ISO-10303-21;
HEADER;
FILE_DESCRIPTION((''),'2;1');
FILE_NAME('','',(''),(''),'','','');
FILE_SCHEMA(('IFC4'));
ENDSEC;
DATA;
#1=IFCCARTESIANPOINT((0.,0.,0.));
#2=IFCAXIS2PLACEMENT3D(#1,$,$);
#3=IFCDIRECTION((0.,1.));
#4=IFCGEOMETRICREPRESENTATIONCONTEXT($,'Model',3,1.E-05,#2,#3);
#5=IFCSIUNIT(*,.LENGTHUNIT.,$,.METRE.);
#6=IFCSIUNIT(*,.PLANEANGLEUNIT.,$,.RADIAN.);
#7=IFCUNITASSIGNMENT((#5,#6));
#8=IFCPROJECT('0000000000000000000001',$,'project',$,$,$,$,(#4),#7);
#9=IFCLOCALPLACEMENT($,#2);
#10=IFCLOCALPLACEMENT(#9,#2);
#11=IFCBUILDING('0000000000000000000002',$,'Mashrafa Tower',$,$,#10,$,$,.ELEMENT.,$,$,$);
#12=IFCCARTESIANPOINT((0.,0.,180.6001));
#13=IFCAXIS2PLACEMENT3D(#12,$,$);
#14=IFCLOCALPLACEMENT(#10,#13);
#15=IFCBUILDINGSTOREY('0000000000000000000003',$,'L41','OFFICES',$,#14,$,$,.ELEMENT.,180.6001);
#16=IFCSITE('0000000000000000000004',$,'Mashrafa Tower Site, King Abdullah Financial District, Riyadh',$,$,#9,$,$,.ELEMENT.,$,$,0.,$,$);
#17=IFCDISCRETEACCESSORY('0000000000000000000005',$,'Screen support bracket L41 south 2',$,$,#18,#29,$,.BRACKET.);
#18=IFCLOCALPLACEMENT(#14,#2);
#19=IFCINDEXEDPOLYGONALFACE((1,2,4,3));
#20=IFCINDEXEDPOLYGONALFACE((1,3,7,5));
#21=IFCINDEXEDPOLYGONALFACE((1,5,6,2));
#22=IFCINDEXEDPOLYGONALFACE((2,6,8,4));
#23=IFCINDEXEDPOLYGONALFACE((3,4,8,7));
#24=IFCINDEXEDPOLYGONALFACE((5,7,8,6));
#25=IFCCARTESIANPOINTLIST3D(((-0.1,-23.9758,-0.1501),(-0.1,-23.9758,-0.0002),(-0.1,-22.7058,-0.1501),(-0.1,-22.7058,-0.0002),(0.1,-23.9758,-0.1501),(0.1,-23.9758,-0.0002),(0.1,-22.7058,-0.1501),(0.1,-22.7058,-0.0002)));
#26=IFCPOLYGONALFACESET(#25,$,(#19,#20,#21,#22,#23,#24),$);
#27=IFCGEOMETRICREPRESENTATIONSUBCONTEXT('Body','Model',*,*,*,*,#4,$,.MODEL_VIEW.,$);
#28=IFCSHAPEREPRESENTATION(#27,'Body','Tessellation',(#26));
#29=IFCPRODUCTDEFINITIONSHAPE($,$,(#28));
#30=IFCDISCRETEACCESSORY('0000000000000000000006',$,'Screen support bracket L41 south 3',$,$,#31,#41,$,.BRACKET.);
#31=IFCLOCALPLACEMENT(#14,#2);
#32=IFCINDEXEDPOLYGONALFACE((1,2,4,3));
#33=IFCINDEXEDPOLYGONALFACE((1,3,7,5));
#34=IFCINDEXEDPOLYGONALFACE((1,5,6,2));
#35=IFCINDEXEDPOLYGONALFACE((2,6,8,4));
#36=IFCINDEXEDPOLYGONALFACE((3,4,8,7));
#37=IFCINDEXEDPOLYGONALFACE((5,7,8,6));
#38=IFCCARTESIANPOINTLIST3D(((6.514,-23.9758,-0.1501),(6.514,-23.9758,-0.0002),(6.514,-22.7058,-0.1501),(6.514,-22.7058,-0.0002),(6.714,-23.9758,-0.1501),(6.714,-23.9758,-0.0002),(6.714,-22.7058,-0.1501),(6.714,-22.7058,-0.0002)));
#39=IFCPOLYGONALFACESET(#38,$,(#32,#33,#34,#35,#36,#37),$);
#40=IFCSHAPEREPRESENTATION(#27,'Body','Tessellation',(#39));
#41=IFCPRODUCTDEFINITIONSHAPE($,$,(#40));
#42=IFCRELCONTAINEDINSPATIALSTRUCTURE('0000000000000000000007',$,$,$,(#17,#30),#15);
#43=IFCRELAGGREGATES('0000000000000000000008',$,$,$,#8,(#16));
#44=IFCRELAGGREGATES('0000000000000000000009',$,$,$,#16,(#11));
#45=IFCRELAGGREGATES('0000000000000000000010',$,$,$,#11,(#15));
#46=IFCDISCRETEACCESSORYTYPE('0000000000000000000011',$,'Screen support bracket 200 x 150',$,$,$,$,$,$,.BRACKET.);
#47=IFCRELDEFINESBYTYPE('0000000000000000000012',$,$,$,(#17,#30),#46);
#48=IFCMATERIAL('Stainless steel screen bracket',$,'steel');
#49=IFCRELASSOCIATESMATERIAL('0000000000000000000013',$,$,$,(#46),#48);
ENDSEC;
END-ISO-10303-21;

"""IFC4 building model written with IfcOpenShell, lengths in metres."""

from ifc_helpers import new_model, si_unit, direction, frame, origin, origin_2d, place, context, subcontext, project, spatial, rectangle, extrude, source, transform, mapped, material, type_object, type_shapes, element, save


model = new_model("IFC4")

# Units and contexts
model_context = context("Model", 3, precision=1e-05, world=origin(), true_north=direction((0.0, 1.0)))
body_context = subcontext(model_context, "Body", "Model", "MODEL_VIEW")
ifc_project = project(units=[si_unit("LENGTHUNIT", "METRE"), si_unit("PLANEANGLEUNIT", "RADIAN")], contexts=[model_context])

# Site, building, storey
site_placement = place(None, origin())
site = spatial("IfcSite", under=ifc_project, at=site_placement, Name="Mashrafa Tower Site, King Abdullah Financial District, Riyadh", CompositionType="ELEMENT", RefElevation=0.0)
building_placement = place(site_placement, origin())
building = spatial("IfcBuilding", under=site, at=building_placement, Name="Mashrafa Tower", CompositionType="ELEMENT")
storey_placement = place(building_placement, frame((0.0, 0.0, 180.6001)))
storey = spatial("IfcBuildingStorey", under=building, at=storey_placement, Name="L41", Description="OFFICES", CompositionType="ELEMENT", Elevation=180.6001)

# Discrete accessories
ifc_material_1 = material(Name="Stainless steel screen bracket", Category="steel")
discrete_accessory_type = type_object("IfcDiscreteAccessoryType", Name="Screen support bracket 200 x 150", PredefinedType="BRACKET", material=ifc_material_1)
shared_shape_1 = source(origin(), body_context, "Body", "SweptSolid", [
    extrude(rectangle(XDim=0.2, YDim=1.27, at=origin_2d()), origin(), (0.0, 0.0, 1.0), 0.1499),
])
type_shapes(discrete_accessory_type, [shared_shape_1])
for number, where, z_axis, x_axis, name in (
    (1, (0.0, -23.3408, -0.1501), (0.0, 0.0, 1.0), (1.0, 0.0, 0.0), "Screen support bracket L41 south 2"),
    (2, (6.614, -23.3408, -0.1501), (0.0, 0.0, 1.0), (1.0, 0.0, 0.0), "Screen support bracket L41 south 3"),
):
    element("IfcDiscreteAccessory", number, at=place(storey_placement, frame(where, z_axis=z_axis, x_axis=x_axis)), inside=storey, type_object=discrete_accessory_type, Name=name, PredefinedType="BRACKET", context=body_context, shape_type="MappedRepresentation", body=[
        mapped(shared_shape_1, transform((0.0, 0.0, 0.0))),
    ])

save(model, "model.ifc")
